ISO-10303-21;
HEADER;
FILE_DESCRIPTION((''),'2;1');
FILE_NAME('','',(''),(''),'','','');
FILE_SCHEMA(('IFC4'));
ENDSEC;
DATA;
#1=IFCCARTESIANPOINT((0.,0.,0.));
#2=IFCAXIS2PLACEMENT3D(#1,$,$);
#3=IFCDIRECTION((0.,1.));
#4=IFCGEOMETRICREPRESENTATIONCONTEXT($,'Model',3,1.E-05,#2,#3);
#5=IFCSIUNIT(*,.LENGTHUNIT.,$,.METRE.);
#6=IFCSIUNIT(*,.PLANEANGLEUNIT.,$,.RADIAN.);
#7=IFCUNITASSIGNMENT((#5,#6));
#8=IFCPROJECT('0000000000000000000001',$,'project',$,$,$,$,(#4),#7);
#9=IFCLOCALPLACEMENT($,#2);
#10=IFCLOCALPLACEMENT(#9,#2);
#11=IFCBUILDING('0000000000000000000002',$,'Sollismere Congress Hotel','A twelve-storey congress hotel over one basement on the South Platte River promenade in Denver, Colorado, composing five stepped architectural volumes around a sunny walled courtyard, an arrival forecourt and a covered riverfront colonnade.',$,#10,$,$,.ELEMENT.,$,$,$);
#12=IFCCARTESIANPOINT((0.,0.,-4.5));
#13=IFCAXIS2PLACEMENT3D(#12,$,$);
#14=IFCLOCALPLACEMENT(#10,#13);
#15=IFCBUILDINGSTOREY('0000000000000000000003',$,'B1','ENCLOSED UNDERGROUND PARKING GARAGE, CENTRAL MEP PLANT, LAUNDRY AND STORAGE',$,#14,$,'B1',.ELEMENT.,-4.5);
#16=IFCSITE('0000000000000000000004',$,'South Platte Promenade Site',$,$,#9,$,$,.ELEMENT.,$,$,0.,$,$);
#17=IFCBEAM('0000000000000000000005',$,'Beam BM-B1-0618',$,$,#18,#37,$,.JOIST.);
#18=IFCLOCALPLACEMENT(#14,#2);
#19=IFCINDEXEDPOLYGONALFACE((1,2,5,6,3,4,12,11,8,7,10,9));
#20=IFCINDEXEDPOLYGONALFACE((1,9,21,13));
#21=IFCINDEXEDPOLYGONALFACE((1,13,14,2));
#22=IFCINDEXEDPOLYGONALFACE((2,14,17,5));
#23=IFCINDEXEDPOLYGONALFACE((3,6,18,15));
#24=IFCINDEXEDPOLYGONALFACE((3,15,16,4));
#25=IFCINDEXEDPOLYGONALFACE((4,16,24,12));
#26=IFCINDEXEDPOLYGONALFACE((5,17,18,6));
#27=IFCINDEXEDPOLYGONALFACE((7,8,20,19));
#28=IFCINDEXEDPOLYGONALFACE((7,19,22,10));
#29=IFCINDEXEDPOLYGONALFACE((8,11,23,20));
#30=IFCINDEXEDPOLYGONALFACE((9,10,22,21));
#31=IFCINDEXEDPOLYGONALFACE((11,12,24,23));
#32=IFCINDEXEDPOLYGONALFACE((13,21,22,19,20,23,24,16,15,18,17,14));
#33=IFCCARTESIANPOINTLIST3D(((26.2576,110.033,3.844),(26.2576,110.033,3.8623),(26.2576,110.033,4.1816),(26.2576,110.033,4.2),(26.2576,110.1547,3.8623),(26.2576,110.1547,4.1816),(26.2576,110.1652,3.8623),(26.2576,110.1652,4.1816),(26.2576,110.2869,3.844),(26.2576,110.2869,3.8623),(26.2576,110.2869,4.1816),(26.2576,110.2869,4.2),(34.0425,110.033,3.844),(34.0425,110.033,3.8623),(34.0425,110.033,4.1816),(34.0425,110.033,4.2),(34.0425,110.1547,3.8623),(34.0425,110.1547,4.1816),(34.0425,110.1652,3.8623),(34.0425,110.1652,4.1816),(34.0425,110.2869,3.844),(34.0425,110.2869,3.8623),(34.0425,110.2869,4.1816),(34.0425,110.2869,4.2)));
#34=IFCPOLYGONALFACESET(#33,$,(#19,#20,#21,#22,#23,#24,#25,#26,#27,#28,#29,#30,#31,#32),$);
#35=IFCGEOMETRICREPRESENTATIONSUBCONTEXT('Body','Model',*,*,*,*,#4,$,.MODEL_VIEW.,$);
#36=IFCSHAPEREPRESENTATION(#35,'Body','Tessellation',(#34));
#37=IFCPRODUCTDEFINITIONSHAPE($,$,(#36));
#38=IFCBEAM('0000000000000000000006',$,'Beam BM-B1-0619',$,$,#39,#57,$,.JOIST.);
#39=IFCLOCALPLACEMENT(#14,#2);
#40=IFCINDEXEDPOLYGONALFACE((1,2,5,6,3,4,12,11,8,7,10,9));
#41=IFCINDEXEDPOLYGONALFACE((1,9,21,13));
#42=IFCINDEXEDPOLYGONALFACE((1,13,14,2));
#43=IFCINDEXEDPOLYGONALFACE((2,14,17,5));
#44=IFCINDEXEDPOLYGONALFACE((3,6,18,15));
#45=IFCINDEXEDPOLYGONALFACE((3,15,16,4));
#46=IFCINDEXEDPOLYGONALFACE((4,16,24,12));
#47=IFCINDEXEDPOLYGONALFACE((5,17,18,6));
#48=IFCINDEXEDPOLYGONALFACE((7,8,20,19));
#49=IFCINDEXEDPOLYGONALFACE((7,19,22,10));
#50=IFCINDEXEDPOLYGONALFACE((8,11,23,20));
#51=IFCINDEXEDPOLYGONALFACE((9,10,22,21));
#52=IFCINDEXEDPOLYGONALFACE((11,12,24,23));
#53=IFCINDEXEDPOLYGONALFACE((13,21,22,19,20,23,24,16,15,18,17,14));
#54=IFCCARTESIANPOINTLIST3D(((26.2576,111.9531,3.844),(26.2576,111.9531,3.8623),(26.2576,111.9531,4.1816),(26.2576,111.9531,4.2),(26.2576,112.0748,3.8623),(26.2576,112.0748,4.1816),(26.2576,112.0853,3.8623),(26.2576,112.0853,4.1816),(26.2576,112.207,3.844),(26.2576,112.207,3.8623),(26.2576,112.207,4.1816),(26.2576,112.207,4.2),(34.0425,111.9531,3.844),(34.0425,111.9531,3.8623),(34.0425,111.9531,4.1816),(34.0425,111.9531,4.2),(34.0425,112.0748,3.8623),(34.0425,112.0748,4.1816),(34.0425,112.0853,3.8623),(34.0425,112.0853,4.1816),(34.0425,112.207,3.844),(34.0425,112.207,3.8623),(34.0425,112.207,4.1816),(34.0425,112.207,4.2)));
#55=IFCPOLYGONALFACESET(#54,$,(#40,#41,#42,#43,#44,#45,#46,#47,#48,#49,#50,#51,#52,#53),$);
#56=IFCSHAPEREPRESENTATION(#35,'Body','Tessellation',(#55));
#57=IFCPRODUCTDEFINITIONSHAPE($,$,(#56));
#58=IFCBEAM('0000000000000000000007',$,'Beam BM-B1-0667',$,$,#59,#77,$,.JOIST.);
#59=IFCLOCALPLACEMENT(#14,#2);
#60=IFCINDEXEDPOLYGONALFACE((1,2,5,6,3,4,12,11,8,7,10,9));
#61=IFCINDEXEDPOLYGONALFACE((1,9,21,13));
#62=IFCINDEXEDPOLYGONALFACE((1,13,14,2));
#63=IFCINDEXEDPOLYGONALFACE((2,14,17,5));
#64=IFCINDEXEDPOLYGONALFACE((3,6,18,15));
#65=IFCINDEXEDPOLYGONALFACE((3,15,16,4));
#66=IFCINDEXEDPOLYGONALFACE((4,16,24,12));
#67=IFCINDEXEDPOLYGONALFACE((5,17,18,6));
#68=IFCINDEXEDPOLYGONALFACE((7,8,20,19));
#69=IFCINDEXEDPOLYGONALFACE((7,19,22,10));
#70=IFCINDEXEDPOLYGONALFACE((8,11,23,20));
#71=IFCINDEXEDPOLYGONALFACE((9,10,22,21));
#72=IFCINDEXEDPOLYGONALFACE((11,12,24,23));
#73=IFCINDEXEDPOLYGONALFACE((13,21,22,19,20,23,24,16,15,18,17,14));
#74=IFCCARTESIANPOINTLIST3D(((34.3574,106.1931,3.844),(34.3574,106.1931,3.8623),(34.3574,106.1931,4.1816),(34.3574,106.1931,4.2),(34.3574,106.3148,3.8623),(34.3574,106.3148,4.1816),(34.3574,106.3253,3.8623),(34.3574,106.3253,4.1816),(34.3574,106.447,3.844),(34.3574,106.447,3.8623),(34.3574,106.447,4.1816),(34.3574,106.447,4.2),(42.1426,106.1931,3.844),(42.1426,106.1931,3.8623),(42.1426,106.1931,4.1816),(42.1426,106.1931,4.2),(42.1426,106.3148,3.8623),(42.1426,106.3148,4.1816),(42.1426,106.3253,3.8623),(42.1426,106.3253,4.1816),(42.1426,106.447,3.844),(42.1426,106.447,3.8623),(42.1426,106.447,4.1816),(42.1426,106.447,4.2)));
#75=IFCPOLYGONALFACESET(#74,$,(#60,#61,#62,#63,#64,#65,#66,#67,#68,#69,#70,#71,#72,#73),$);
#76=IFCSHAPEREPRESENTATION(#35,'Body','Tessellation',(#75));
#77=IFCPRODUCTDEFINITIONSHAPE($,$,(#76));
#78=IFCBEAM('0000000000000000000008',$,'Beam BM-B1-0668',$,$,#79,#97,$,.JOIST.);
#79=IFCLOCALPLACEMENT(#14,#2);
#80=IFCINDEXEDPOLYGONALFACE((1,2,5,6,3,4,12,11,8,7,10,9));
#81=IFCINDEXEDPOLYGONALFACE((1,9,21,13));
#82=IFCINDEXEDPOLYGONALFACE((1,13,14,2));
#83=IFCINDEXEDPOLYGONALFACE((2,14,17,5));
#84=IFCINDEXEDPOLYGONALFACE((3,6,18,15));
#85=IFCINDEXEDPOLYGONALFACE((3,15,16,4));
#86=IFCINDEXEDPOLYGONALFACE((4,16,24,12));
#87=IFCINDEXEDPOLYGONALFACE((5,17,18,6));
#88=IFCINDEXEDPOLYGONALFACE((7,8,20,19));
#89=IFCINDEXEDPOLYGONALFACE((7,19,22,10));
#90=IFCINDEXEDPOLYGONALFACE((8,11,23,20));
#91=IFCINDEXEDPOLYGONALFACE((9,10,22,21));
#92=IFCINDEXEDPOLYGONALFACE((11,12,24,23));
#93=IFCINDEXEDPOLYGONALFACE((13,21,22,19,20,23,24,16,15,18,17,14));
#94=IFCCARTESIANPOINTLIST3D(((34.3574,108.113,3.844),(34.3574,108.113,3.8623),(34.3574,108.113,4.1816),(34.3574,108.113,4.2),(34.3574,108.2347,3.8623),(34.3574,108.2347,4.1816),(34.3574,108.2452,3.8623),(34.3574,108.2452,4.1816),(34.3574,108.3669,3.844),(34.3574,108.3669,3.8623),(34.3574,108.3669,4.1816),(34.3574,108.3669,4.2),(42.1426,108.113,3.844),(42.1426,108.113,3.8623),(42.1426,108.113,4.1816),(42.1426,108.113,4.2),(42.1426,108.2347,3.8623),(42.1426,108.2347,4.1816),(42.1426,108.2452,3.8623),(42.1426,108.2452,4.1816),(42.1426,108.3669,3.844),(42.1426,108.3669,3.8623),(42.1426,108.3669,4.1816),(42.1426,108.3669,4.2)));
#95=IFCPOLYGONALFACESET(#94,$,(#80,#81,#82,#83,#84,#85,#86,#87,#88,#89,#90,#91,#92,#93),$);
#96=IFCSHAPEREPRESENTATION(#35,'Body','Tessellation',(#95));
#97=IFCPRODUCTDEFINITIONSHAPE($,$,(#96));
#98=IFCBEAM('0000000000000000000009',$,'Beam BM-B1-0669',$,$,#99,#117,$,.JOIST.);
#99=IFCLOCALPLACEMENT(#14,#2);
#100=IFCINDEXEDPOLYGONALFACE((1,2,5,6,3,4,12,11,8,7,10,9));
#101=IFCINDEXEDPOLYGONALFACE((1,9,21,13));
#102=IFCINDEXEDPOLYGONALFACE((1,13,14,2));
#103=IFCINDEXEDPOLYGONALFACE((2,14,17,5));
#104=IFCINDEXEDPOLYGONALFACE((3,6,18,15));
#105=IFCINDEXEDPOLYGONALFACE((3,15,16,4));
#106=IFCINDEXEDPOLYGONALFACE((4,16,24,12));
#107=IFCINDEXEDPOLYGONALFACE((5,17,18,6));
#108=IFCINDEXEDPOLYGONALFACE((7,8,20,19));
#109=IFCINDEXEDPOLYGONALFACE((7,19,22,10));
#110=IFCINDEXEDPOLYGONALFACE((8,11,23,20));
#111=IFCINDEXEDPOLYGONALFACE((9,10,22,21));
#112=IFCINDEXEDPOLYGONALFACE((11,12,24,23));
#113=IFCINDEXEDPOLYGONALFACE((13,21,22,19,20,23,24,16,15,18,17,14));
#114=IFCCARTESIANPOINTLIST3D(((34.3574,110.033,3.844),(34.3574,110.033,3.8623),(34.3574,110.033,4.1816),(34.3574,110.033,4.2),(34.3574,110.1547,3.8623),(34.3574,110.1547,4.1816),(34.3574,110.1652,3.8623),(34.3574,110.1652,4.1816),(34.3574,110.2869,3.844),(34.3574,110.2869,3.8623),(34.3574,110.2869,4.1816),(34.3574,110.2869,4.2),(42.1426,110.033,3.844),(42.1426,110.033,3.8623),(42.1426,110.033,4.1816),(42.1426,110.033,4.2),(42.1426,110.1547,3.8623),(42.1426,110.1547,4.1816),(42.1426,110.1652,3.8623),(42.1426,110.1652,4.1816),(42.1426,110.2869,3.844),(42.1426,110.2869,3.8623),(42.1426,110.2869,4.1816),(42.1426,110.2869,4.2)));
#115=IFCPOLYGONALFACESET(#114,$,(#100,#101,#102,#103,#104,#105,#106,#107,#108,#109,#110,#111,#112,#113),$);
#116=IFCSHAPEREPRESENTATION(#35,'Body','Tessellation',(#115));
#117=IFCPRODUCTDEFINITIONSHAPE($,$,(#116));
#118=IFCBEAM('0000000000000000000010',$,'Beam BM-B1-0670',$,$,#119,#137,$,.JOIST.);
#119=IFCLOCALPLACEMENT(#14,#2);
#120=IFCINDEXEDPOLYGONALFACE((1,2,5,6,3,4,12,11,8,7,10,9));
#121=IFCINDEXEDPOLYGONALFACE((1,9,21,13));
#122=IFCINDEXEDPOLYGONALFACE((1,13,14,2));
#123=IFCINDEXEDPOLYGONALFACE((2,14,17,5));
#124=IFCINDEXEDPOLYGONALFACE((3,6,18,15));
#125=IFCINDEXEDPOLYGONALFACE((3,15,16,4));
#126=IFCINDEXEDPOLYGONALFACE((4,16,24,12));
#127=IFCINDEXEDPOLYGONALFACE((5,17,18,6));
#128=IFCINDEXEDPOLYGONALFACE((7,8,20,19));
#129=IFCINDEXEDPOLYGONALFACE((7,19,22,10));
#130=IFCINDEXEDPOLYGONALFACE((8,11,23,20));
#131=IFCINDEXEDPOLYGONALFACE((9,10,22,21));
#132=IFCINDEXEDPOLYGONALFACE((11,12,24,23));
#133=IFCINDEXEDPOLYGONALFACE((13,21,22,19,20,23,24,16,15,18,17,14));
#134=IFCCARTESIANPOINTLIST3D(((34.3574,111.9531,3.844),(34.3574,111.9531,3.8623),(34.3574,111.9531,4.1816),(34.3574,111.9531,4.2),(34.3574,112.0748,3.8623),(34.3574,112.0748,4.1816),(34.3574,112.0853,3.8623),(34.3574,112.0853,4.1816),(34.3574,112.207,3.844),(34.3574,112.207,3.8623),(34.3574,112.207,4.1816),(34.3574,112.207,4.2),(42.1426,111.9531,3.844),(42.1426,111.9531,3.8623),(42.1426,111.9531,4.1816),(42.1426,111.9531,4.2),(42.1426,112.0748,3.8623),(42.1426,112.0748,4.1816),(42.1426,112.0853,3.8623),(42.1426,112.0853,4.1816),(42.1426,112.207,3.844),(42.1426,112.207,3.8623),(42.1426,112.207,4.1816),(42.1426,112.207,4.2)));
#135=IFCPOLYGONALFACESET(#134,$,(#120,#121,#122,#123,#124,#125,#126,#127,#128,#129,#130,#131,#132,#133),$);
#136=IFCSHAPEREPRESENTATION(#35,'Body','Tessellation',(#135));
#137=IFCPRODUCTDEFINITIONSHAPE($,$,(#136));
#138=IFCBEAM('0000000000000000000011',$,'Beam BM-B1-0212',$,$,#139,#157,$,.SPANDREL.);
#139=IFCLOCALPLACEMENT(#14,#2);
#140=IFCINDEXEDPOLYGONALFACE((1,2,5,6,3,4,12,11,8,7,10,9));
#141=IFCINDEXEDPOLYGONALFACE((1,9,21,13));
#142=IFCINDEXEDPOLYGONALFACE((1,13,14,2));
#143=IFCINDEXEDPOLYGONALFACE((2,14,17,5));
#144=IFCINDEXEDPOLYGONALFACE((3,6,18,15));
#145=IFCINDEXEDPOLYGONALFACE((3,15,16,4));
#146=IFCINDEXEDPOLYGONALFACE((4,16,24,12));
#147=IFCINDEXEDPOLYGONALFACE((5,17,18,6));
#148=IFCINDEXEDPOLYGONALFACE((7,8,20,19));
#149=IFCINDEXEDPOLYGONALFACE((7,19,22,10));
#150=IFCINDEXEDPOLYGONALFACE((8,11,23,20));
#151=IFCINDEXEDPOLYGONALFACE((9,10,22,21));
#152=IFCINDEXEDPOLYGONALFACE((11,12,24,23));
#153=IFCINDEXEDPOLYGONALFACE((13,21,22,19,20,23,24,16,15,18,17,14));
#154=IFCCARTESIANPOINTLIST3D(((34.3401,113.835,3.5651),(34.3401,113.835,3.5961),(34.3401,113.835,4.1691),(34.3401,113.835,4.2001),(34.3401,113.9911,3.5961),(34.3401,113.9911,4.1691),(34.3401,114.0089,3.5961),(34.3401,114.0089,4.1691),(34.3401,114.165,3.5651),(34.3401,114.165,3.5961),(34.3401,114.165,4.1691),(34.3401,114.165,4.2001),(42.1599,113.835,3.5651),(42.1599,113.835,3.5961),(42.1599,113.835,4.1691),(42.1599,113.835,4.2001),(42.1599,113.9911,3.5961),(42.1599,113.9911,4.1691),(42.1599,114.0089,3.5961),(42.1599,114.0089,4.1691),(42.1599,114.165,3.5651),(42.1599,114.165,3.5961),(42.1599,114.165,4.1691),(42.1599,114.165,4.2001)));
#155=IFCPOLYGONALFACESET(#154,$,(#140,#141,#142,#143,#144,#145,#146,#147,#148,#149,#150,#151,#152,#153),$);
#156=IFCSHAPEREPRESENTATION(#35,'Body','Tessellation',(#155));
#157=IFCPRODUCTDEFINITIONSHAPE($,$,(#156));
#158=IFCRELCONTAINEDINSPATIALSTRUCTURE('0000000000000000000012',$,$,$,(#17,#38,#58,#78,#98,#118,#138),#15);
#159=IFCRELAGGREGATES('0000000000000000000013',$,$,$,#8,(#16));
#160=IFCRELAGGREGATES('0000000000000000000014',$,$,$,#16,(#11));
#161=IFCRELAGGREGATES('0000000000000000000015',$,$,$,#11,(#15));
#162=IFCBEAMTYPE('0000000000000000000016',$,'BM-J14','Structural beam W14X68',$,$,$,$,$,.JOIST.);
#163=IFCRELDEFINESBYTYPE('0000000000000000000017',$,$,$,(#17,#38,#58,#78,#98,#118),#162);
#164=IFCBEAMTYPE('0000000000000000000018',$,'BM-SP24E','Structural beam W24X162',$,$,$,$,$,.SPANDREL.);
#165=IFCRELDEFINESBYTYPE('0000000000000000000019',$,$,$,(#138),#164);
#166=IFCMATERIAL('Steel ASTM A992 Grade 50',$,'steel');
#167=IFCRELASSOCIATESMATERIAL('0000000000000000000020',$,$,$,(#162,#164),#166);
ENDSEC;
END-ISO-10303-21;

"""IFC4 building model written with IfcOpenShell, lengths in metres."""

from ifc_helpers import new_model, si_unit, direction, frame, origin, origin_2d, place, context, subcontext, project, spatial, i_section, extrude, material, material_profile, profile_set, type_object, element, save


model = new_model("IFC4")

# Units and contexts
model_context = context("Model", 3, precision=1e-05, world=origin(), true_north=direction((0.0, 1.0)))
body_context = subcontext(model_context, "Body", "Model", "MODEL_VIEW")
ifc_project = project(units=[si_unit("LENGTHUNIT", "METRE"), si_unit("PLANEANGLEUNIT", "RADIAN")], contexts=[model_context])

# Site, building, storey
site_placement = place(None, origin())
site = spatial("IfcSite", under=ifc_project, at=site_placement, Name="South Platte Promenade Site", CompositionType="ELEMENT", RefElevation=0.0)
building_placement = place(site_placement, origin())
building = spatial("IfcBuilding", under=site, at=building_placement, Name="Sollismere Congress Hotel", Description="A twelve-storey congress hotel over one basement on the South Platte River promenade in Denver, Colorado, composing five stepped architectural volumes around a sunny walled courtyard, an arrival forecourt and a covered riverfront colonnade.", CompositionType="ELEMENT")
storey_placement = place(building_placement, frame((0.0, 0.0, -4.5)))
storey = spatial("IfcBuildingStorey", under=building, at=storey_placement, Name="B1", Description="ENCLOSED UNDERGROUND PARKING GARAGE, CENTRAL MEP PLANT, LAUNDRY AND STORAGE", LongName="B1", CompositionType="ELEMENT", Elevation=-4.5)

# Beams
ifc_material_1 = material(Name="Steel ASTM A992 Grade 50", Category="steel")
ifc_material_profile_1 = material_profile(ifc_material_1, i_section(OverallWidth=0.2539, OverallDepth=0.356, WebThickness=0.0105, FlangeThickness=0.0183, at=origin_2d()), Name="W14X68")
ifc_profile_set_1 = profile_set([ifc_material_profile_1], Name="Steel ASTM A992 Grade 50")
beam_type_1 = type_object("IfcBeamType", Name="BM-J14", Description="Structural beam W14X68", PredefinedType="JOIST", material=ifc_profile_set_1)
for number, where, z_axis, x_axis, name in (
    (1, (26.2576, 110.1599, 4.022), (1.0, 0.0, 0.0), (0.0, 1.0, 0.0), "Beam BM-B1-0618"),
    (2, (26.2576, 112.0801, 4.022), (1.0, 0.0, 0.0), (0.0, 1.0, 0.0), "Beam BM-B1-0619"),
):
    element("IfcBeam", number, at=place(storey_placement, frame(where, z_axis=z_axis, x_axis=x_axis)), inside=storey, type_object=beam_type_1, Name=name, PredefinedType="JOIST", context=body_context, shape_type="SweptSolid", body=[
        extrude(i_section(OverallWidth=0.2539, OverallDepth=0.356, WebThickness=0.0105, FlangeThickness=0.0183, at=origin_2d()), origin(), (0.0, 0.0, 1.0), 7.7849),
    ])
for number, where, z_axis, x_axis, name in (
    (3, (34.3574, 106.3201, 4.022), (1.0, 0.0, 0.0), (0.0, 1.0, 0.0), "Beam BM-B1-0667"),
    (4, (34.3574, 108.24, 4.022), (1.0, 0.0, 0.0), (0.0, 1.0, 0.0), "Beam BM-B1-0668"),
    (5, (34.3574, 110.1599, 4.022), (1.0, 0.0, 0.0), (0.0, 1.0, 0.0), "Beam BM-B1-0669"),
    (6, (34.3574, 112.0801, 4.022), (1.0, 0.0, 0.0), (0.0, 1.0, 0.0), "Beam BM-B1-0670"),
):
    element("IfcBeam", number, at=place(storey_placement, frame(where, z_axis=z_axis, x_axis=x_axis)), inside=storey, type_object=beam_type_1, Name=name, PredefinedType="JOIST", context=body_context, shape_type="SweptSolid", body=[
        extrude(i_section(OverallWidth=0.2539, OverallDepth=0.356, WebThickness=0.0105, FlangeThickness=0.0183, at=origin_2d()), origin(), (0.0, 0.0, 1.0), 7.7852),
    ])
ifc_material_profile_2 = material_profile(ifc_material_1, i_section(OverallWidth=0.3301, OverallDepth=0.635, WebThickness=0.0178, FlangeThickness=0.031, at=origin_2d()), Name="W24X162")
ifc_profile_set_2 = profile_set([ifc_material_profile_2], Name="Steel ASTM A992 Grade 50")
beam_type_2 = type_object("IfcBeamType", Name="BM-SP24E", Description="Structural beam W24X162", PredefinedType="SPANDREL", material=ifc_profile_set_2)
beam_1_placement = place(storey_placement, frame((34.3401, 114.0, 3.8826), z_axis=(1.0, 0.0, 0.0), x_axis=(0.0, 1.0, 0.0)))
element("IfcBeam", 7, at=beam_1_placement, inside=storey, type_object=beam_type_2, Name="Beam BM-B1-0212", PredefinedType="SPANDREL", context=body_context, shape_type="SweptSolid", body=[
    extrude(i_section(OverallWidth=0.3301, OverallDepth=0.635, WebThickness=0.0178, FlangeThickness=0.031, at=origin_2d()), origin(), (0.0, 0.0, 1.0), 7.8198),
])

save(model, "model.ifc")
